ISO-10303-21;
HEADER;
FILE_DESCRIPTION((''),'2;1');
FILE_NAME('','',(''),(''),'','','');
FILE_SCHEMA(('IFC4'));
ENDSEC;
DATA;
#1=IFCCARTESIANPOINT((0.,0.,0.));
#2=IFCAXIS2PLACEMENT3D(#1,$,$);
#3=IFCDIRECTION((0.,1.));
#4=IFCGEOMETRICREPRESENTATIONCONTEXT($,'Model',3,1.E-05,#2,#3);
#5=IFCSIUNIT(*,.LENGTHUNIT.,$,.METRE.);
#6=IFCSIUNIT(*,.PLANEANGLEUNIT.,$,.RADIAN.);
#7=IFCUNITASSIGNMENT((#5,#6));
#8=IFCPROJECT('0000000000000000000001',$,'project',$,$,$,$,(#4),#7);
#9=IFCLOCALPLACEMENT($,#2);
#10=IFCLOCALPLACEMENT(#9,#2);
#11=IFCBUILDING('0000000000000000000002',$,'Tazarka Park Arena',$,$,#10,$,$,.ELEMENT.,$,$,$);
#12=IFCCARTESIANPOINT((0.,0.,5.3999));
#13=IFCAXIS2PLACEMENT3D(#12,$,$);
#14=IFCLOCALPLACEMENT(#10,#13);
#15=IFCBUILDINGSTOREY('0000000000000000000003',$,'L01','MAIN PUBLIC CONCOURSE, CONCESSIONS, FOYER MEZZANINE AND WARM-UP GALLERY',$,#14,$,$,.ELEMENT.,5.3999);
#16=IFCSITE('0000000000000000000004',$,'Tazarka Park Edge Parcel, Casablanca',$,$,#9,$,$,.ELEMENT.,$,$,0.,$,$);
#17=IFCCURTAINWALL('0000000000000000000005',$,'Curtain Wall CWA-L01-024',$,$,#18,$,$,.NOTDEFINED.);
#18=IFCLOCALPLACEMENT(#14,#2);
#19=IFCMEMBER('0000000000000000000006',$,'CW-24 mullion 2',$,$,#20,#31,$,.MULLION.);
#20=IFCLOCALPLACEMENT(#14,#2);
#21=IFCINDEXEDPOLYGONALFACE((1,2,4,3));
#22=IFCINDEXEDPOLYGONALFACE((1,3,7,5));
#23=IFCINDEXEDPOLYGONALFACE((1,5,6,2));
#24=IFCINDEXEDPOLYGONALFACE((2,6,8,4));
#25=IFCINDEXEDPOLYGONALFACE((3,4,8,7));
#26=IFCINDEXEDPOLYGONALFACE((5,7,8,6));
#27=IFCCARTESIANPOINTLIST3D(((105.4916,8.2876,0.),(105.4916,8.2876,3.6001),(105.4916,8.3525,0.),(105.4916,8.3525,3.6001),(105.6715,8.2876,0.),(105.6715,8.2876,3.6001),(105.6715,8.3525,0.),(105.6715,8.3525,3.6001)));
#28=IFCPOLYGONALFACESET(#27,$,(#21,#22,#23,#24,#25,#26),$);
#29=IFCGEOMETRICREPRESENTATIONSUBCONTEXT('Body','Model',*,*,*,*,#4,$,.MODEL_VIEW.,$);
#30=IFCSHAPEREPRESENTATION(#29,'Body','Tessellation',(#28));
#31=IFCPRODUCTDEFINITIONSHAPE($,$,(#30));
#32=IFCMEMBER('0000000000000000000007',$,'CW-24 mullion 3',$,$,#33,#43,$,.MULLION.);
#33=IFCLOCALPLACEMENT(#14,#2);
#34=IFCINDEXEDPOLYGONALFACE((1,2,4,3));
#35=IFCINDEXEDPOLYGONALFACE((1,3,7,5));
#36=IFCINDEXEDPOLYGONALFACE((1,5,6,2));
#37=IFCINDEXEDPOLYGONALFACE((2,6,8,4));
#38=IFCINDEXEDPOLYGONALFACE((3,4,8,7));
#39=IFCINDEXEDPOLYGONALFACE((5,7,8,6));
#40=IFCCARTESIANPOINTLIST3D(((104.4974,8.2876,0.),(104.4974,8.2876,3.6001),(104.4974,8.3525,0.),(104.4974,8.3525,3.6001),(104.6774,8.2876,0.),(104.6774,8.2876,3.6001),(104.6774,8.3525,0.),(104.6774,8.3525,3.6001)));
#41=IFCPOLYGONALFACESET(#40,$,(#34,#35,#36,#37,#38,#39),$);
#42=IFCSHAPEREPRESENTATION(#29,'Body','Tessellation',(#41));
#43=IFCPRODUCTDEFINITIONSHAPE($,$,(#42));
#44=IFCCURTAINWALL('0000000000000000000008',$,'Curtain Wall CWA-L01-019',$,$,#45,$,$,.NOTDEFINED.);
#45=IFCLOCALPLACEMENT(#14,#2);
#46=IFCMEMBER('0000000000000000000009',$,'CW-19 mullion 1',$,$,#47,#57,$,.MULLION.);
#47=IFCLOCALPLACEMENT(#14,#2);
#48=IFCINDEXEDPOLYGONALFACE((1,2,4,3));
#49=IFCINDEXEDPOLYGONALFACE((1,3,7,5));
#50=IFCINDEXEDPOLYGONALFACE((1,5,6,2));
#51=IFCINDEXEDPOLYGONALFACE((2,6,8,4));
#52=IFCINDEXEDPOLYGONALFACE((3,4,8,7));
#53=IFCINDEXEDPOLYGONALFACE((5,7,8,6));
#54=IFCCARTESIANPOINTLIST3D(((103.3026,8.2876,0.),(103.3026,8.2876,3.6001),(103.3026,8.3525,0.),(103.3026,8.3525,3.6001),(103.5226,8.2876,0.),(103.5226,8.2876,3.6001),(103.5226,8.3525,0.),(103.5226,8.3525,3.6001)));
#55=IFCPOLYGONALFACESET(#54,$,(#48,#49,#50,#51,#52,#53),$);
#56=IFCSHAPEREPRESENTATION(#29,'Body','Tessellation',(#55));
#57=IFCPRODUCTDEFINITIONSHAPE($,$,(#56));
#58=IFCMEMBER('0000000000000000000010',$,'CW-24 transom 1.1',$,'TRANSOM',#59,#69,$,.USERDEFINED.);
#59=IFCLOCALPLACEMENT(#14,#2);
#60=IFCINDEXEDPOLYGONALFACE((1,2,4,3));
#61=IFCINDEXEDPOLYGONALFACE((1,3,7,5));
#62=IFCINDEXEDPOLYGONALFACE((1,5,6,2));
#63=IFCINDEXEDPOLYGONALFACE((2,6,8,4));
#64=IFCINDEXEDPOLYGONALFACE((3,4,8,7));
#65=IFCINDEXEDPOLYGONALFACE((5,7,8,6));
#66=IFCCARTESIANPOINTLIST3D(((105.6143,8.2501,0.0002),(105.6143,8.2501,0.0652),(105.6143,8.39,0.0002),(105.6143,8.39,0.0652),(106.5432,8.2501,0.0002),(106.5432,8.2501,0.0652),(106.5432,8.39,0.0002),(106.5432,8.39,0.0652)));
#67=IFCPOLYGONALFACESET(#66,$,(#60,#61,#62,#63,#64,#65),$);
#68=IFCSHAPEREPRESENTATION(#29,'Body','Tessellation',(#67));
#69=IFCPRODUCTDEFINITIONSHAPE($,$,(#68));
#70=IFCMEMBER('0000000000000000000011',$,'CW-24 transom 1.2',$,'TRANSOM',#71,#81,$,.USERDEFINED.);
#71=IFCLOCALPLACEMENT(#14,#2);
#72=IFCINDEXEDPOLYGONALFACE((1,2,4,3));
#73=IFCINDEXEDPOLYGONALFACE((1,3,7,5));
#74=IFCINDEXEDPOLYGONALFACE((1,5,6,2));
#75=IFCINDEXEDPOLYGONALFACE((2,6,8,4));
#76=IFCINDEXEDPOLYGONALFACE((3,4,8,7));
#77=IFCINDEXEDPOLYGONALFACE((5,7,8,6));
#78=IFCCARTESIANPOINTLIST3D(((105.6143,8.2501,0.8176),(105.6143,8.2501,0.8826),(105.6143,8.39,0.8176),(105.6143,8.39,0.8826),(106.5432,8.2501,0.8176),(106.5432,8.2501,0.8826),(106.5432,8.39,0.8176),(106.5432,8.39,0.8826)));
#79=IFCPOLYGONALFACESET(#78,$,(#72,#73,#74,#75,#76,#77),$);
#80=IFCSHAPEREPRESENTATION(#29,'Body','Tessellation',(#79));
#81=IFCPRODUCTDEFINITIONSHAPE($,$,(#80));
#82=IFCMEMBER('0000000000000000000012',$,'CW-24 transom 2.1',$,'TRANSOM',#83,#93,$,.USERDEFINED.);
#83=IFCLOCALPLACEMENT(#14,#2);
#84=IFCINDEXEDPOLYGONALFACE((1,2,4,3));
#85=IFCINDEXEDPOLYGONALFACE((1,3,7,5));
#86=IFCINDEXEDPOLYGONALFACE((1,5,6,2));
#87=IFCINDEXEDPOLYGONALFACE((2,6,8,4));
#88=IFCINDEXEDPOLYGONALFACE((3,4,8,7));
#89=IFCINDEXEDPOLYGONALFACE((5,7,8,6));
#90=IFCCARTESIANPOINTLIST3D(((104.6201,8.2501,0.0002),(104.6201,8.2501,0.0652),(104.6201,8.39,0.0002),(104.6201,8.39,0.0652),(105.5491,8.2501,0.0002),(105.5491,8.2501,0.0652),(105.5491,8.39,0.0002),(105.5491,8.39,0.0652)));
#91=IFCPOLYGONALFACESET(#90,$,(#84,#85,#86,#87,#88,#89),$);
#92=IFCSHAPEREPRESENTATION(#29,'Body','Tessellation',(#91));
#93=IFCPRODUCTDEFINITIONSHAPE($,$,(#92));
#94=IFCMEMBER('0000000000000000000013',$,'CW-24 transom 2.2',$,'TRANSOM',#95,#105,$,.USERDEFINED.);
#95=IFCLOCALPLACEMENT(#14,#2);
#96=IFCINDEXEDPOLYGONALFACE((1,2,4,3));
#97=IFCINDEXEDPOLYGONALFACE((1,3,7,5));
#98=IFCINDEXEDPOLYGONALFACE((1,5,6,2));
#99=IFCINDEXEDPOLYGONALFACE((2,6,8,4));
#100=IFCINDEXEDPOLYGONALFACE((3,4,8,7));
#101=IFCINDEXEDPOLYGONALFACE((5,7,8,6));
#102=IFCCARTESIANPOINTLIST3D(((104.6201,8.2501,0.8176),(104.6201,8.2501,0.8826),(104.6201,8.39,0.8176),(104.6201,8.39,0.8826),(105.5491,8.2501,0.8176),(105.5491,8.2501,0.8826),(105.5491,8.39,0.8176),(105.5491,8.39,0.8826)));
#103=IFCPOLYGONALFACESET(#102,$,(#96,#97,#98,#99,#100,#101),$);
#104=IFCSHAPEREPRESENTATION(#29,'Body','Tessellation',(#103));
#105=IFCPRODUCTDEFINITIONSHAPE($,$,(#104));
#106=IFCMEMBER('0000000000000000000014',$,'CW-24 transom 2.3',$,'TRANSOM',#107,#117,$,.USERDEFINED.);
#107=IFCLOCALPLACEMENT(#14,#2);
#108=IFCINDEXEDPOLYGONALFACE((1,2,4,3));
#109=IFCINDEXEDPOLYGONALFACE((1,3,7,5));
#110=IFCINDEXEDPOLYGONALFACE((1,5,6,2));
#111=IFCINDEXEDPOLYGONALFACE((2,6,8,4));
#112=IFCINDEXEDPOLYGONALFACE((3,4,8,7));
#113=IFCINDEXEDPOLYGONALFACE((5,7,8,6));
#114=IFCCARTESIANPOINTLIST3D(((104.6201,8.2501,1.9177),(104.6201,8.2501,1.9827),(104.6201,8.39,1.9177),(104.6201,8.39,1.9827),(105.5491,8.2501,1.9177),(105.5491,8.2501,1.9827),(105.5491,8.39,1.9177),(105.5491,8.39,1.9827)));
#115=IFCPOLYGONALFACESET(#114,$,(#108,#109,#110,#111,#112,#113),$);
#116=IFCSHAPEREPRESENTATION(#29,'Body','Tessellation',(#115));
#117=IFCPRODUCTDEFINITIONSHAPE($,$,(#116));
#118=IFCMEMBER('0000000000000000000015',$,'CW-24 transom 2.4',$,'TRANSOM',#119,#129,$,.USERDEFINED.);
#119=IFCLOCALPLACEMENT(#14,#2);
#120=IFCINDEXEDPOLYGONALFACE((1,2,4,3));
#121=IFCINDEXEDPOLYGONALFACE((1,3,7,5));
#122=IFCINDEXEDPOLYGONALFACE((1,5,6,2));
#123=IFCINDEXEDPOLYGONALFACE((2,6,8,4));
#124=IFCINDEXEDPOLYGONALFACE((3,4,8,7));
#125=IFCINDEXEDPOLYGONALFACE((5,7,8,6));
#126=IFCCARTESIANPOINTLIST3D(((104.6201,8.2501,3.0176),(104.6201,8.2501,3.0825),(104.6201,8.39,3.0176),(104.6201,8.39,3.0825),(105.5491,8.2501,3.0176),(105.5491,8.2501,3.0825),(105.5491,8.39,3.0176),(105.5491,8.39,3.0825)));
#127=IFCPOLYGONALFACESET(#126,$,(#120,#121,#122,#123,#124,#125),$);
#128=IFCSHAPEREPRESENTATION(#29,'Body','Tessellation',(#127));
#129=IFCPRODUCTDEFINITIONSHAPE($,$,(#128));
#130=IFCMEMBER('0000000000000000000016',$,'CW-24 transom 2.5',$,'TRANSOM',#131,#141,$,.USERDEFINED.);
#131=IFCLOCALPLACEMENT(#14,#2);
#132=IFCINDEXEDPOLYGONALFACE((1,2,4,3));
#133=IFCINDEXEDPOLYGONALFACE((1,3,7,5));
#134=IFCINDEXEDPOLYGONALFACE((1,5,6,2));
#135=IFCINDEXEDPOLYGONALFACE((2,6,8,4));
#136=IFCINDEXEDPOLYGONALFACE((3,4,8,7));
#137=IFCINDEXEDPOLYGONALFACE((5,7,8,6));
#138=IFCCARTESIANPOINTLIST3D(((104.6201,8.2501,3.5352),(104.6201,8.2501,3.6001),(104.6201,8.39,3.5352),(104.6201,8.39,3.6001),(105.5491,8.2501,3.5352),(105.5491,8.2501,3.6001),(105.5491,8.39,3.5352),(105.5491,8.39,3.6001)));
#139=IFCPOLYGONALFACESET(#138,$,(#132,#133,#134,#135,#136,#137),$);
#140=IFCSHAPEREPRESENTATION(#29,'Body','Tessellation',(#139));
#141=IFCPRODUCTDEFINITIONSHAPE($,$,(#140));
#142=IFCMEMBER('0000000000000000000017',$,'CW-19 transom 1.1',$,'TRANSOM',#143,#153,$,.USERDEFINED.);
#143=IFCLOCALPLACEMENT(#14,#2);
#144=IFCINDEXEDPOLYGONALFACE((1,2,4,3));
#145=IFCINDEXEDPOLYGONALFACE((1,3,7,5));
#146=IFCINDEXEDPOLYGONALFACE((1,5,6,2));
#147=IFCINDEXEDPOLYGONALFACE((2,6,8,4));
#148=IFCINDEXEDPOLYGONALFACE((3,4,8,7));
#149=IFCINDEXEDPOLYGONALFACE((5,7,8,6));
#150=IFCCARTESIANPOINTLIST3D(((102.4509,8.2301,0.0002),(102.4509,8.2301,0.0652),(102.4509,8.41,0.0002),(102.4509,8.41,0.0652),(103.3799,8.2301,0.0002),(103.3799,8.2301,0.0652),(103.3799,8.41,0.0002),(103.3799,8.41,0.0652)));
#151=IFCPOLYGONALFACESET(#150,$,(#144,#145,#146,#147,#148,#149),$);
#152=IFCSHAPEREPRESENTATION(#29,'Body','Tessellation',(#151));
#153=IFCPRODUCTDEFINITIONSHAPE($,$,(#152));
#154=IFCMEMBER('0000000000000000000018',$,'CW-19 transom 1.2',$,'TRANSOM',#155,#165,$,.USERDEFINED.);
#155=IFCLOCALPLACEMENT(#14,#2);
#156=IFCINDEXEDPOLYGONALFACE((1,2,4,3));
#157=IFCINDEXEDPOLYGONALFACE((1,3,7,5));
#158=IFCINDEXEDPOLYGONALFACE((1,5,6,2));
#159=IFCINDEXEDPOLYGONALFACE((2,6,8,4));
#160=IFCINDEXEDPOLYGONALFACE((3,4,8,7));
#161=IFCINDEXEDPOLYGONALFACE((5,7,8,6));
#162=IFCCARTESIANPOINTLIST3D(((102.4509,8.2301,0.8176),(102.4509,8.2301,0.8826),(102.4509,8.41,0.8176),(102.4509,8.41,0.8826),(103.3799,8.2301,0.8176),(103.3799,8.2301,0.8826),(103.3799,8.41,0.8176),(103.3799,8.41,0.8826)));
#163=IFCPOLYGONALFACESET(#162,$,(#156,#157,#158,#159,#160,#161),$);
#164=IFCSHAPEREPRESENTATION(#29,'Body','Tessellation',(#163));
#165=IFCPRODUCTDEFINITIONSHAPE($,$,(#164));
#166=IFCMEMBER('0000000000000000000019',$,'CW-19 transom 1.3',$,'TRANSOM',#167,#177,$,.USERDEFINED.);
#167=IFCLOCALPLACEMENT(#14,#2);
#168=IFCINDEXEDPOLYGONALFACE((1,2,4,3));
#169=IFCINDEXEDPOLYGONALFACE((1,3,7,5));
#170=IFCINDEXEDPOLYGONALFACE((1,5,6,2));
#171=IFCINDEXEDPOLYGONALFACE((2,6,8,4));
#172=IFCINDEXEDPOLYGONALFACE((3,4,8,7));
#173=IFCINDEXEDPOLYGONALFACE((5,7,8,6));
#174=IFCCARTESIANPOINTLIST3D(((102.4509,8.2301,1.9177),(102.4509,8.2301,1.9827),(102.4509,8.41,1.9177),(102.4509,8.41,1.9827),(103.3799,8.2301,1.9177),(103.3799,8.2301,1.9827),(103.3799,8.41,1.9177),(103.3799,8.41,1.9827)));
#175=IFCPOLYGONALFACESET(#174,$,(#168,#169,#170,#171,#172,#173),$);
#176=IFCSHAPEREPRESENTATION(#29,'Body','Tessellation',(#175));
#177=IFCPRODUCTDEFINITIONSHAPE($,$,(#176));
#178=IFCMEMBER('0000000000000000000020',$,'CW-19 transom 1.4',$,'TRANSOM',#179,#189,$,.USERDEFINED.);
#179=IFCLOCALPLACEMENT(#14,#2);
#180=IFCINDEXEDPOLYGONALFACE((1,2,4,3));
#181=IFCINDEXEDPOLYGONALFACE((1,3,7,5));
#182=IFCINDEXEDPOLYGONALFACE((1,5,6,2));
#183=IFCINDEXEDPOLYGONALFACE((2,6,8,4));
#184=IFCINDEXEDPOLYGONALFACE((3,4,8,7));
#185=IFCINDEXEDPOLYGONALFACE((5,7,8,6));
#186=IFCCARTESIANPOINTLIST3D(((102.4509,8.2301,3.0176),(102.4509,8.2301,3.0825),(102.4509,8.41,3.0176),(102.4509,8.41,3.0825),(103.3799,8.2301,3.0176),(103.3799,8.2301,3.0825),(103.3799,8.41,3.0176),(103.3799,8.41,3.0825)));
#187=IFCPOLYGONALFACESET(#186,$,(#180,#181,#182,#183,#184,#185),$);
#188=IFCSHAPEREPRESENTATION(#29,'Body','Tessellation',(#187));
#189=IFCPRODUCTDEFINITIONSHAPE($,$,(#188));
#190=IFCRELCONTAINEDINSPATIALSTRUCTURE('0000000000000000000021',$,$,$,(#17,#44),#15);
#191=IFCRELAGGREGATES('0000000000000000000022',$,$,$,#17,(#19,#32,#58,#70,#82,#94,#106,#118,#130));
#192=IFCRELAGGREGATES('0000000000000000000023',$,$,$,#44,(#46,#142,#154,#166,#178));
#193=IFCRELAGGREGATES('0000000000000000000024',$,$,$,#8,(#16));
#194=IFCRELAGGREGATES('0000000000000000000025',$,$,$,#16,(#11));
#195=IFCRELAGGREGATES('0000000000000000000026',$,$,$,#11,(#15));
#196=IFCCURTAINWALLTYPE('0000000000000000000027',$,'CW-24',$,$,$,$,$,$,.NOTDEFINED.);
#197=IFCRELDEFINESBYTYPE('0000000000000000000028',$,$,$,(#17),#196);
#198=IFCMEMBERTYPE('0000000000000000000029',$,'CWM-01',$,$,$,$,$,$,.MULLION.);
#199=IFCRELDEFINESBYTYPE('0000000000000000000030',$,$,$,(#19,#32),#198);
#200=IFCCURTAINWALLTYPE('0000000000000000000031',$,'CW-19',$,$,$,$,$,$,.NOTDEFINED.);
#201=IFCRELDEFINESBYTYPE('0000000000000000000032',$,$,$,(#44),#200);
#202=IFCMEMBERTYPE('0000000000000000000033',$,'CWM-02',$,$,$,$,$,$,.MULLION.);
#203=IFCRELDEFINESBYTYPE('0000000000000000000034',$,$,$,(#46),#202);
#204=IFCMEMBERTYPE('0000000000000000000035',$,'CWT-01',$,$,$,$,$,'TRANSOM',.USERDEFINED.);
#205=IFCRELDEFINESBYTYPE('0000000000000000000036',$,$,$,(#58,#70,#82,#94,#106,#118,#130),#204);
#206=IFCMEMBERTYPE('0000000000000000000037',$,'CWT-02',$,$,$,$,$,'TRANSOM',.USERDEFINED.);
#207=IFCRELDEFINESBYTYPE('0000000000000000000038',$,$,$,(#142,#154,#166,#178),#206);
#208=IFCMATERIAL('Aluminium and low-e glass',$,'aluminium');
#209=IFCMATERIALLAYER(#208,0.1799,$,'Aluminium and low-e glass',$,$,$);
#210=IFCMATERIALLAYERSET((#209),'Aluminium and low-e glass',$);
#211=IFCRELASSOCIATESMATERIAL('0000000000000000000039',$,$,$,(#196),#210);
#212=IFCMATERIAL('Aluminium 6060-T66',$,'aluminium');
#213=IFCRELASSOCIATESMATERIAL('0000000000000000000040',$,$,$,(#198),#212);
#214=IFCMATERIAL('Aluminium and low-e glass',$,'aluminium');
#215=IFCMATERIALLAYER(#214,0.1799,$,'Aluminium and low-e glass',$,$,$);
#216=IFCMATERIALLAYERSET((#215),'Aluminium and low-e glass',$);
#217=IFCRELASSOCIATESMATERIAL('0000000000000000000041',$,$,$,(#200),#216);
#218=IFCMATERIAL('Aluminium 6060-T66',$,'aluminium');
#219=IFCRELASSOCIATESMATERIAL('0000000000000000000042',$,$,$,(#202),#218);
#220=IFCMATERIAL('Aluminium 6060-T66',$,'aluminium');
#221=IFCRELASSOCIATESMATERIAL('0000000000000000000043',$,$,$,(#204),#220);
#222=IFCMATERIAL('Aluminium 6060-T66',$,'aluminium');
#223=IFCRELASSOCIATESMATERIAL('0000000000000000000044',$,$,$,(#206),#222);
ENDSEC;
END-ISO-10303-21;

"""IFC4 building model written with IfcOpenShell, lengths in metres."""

from ifc_helpers import new_model, si_unit, direction, frame, origin, origin_2d, place, context, subcontext, project, spatial, rectangle, extrude, material, layer, layer_set, material_profile, profile_set, type_object, element, aggregate, save


model = new_model("IFC4")

# Units and contexts
model_context = context("Model", 3, precision=1e-05, world=origin(), true_north=direction((0.0, 1.0)))
body_context = subcontext(model_context, "Body", "Model", "MODEL_VIEW")
ifc_project = project(units=[si_unit("LENGTHUNIT", "METRE"), si_unit("PLANEANGLEUNIT", "RADIAN")], contexts=[model_context])

# Site, building, storey
site_placement = place(None, origin())
site = spatial("IfcSite", under=ifc_project, at=site_placement, Name="Tazarka Park Edge Parcel, Casablanca", CompositionType="ELEMENT", RefElevation=0.0)
building_placement = place(site_placement, origin())
building = spatial("IfcBuilding", under=site, at=building_placement, Name="Tazarka Park Arena", CompositionType="ELEMENT")
storey_placement = place(building_placement, frame((0.0, 0.0, 5.3999)))
storey = spatial("IfcBuildingStorey", under=building, at=storey_placement, Name="L01", Description="MAIN PUBLIC CONCOURSE, CONCESSIONS, FOYER MEZZANINE AND WARM-UP GALLERY", CompositionType="ELEMENT", Elevation=5.3999)

# Curtain wall, members
ifc_material_1 = material(Name="Aluminium and low-e glass", Category="aluminium")
ifc_layer_1 = layer(ifc_material_1, 0.1799, Name="Aluminium and low-e glass")
ifc_layer_set_1 = layer_set([ifc_layer_1], Name="Aluminium and low-e glass")
curtain_wall_type_1 = type_object("IfcCurtainWallType", Name="CW-24", PredefinedType="NOTDEFINED", material=ifc_layer_set_1)
curtain_wall_1_placement = place(storey_placement, origin())
curtain_wall_1 = element("IfcCurtainWall", 1, at=curtain_wall_1_placement, inside=storey, type_object=curtain_wall_type_1, Name="Curtain Wall CWA-L01-024", PredefinedType="NOTDEFINED")
ifc_material_2 = material(Name="Aluminium 6060-T66", Category="aluminium")
ifc_material_profile_1 = material_profile(ifc_material_2, rectangle(XDim=0.0649, YDim=0.1799, at=origin_2d()), Name="Aluminium 6060-T66")
ifc_profile_set_1 = profile_set([ifc_material_profile_1], Name="Aluminium 6060-T66")
member_type_1 = type_object("IfcMemberType", Name="CWM-01", PredefinedType="MULLION", material=ifc_profile_set_1)
member_1_placement = place(storey_placement, frame((105.5815, 8.3201, 0.0), z_axis=(0.0, 0.0, 1.0), x_axis=(0.0, -1.0, 0.0)))
member_1 = element("IfcMember", 2, at=member_1_placement, type_object=member_type_1, Name="CW-24 mullion 2", PredefinedType="MULLION", context=body_context, shape_type="SweptSolid", body=[
    extrude(rectangle(XDim=0.0649, YDim=0.1799, at=origin_2d()), origin(), (0.0, 0.0, 1.0), 3.6001),
])
member_2_placement = place(storey_placement, frame((104.5874, 8.3201, 0.0), z_axis=(0.0, 0.0, 1.0), x_axis=(0.0, -1.0, 0.0)))
member_2 = element("IfcMember", 3, at=member_2_placement, type_object=member_type_1, Name="CW-24 mullion 3", PredefinedType="MULLION", context=body_context, shape_type="SweptSolid", body=[
    extrude(rectangle(XDim=0.0649, YDim=0.1799, at=origin_2d()), origin(), (0.0, 0.0, 1.0), 3.6001),
])

# Curtain wall, member
ifc_material_3 = material(Name="Aluminium and low-e glass", Category="aluminium")
ifc_layer_2 = layer(ifc_material_3, 0.1799, Name="Aluminium and low-e glass")
ifc_layer_set_2 = layer_set([ifc_layer_2], Name="Aluminium and low-e glass")
curtain_wall_type_2 = type_object("IfcCurtainWallType", Name="CW-19", PredefinedType="NOTDEFINED", material=ifc_layer_set_2)
curtain_wall_2_placement = place(storey_placement, origin())
curtain_wall_2 = element("IfcCurtainWall", 4, at=curtain_wall_2_placement, inside=storey, type_object=curtain_wall_type_2, Name="Curtain Wall CWA-L01-019", PredefinedType="NOTDEFINED")
ifc_material_4 = material(Name="Aluminium 6060-T66", Category="aluminium")
ifc_material_profile_2 = material_profile(ifc_material_4, rectangle(XDim=0.0649, YDim=0.22, at=origin_2d()), Name="Aluminium 6060-T66")
ifc_profile_set_2 = profile_set([ifc_material_profile_2], Name="Aluminium 6060-T66")
member_type_2 = type_object("IfcMemberType", Name="CWM-02", PredefinedType="MULLION", material=ifc_profile_set_2)
member_3_placement = place(storey_placement, frame((103.4126, 8.3201, 0.0), z_axis=(0.0, 0.0, 1.0), x_axis=(0.0, -1.0, 0.0)))
member_3 = element("IfcMember", 5, at=member_3_placement, type_object=member_type_2, Name="CW-19 mullion 1", PredefinedType="MULLION", context=body_context, shape_type="SweptSolid", body=[
    extrude(rectangle(XDim=0.0649, YDim=0.22, at=origin_2d()), origin(), (0.0, 0.0, 1.0), 3.6001),
])

# Members
ifc_material_5 = material(Name="Aluminium 6060-T66", Category="aluminium")
ifc_material_profile_3 = material_profile(ifc_material_5, rectangle(XDim=0.1399, YDim=0.0649, at=origin_2d()), Name="Aluminium 6060-T66")
ifc_profile_set_3 = profile_set([ifc_material_profile_3], Name="Aluminium 6060-T66")
member_type_3 = type_object("IfcMemberType", Name="CWT-01", ElementType="TRANSOM", PredefinedType="USERDEFINED", material=ifc_profile_set_3)
member_4_placement = place(storey_placement, frame((106.5432, 8.3201, 0.0327), z_axis=(-1.0, 0.0, 0.0), x_axis=(0.0, -1.0, 0.0)))
member_4 = element("IfcMember", 6, at=member_4_placement, type_object=member_type_3, Name="CW-24 transom 1.1", ObjectType="TRANSOM", PredefinedType="USERDEFINED", context=body_context, shape_type="SweptSolid", body=[
    extrude(rectangle(XDim=0.1399, YDim=0.0649, at=origin_2d()), origin(), (0.0, 0.0, 1.0), 0.929),
])
member_5_placement = place(storey_placement, frame((106.5432, 8.3201, 0.8501), z_axis=(-1.0, 0.0, 0.0), x_axis=(0.0, -1.0, 0.0)))
member_5 = element("IfcMember", 7, at=member_5_placement, type_object=member_type_3, Name="CW-24 transom 1.2", ObjectType="TRANSOM", PredefinedType="USERDEFINED", context=body_context, shape_type="SweptSolid", body=[
    extrude(rectangle(XDim=0.1399, YDim=0.0649, at=origin_2d()), origin(), (0.0, 0.0, 1.0), 0.929),
])
member_6_placement = place(storey_placement, frame((105.5491, 8.3201, 0.0327), z_axis=(-1.0, 0.0, 0.0), x_axis=(0.0, -1.0, 0.0)))
member_6 = element("IfcMember", 8, at=member_6_placement, type_object=member_type_3, Name="CW-24 transom 2.1", ObjectType="TRANSOM", PredefinedType="USERDEFINED", context=body_context, shape_type="SweptSolid", body=[
    extrude(rectangle(XDim=0.1399, YDim=0.0649, at=origin_2d()), origin(), (0.0, 0.0, 1.0), 0.929),
])
member_7_placement = place(storey_placement, frame((105.5491, 8.3201, 0.8501), z_axis=(-1.0, 0.0, 0.0), x_axis=(0.0, -1.0, 0.0)))
member_7 = element("IfcMember", 9, at=member_7_placement, type_object=member_type_3, Name="CW-24 transom 2.2", ObjectType="TRANSOM", PredefinedType="USERDEFINED", context=body_context, shape_type="SweptSolid", body=[
    extrude(rectangle(XDim=0.1399, YDim=0.0649, at=origin_2d()), origin(), (0.0, 0.0, 1.0), 0.929),
])
member_8_placement = place(storey_placement, frame((105.5491, 8.3201, 1.9502), z_axis=(-1.0, 0.0, 0.0), x_axis=(0.0, -1.0, 0.0)))
member_8 = element("IfcMember", 10, at=member_8_placement, type_object=member_type_3, Name="CW-24 transom 2.3", ObjectType="TRANSOM", PredefinedType="USERDEFINED", context=body_context, shape_type="SweptSolid", body=[
    extrude(rectangle(XDim=0.1399, YDim=0.0649, at=origin_2d()), origin(), (0.0, 0.0, 1.0), 0.929),
])
member_9_placement = place(storey_placement, frame((105.5491, 8.3201, 3.05), z_axis=(-1.0, 0.0, 0.0), x_axis=(0.0, -1.0, 0.0)))
member_9 = element("IfcMember", 11, at=member_9_placement, type_object=member_type_3, Name="CW-24 transom 2.4", ObjectType="TRANSOM", PredefinedType="USERDEFINED", context=body_context, shape_type="SweptSolid", body=[
    extrude(rectangle(XDim=0.1399, YDim=0.0649, at=origin_2d()), origin(), (0.0, 0.0, 1.0), 0.929),
])
member_10_placement = place(storey_placement, frame((105.5491, 8.3201, 3.5676), z_axis=(-1.0, 0.0, 0.0), x_axis=(0.0, -1.0, 0.0)))
member_10 = element("IfcMember", 12, at=member_10_placement, type_object=member_type_3, Name="CW-24 transom 2.5", ObjectType="TRANSOM", PredefinedType="USERDEFINED", context=body_context, shape_type="SweptSolid", body=[
    extrude(rectangle(XDim=0.1399, YDim=0.0649, at=origin_2d()), origin(), (0.0, 0.0, 1.0), 0.929),
])
ifc_material_6 = material(Name="Aluminium 6060-T66", Category="aluminium")
ifc_material_profile_4 = material_profile(ifc_material_6, rectangle(XDim=0.1799, YDim=0.0649, at=origin_2d()), Name="Aluminium 6060-T66")
ifc_profile_set_4 = profile_set([ifc_material_profile_4], Name="Aluminium 6060-T66")
member_type_4 = type_object("IfcMemberType", Name="CWT-02", ElementType="TRANSOM", PredefinedType="USERDEFINED", material=ifc_profile_set_4)
member_11_placement = place(storey_placement, frame((103.3799, 8.3201, 0.0327), z_axis=(-1.0, 0.0, 0.0), x_axis=(0.0, -1.0, 0.0)))
member_11 = element("IfcMember", 13, at=member_11_placement, type_object=member_type_4, Name="CW-19 transom 1.1", ObjectType="TRANSOM", PredefinedType="USERDEFINED", context=body_context, shape_type="SweptSolid", body=[
    extrude(rectangle(XDim=0.1799, YDim=0.0649, at=origin_2d()), origin(), (0.0, 0.0, 1.0), 0.929),
])
member_12_placement = place(storey_placement, frame((103.3799, 8.3201, 0.8501), z_axis=(-1.0, 0.0, 0.0), x_axis=(0.0, -1.0, 0.0)))
member_12 = element("IfcMember", 14, at=member_12_placement, type_object=member_type_4, Name="CW-19 transom 1.2", ObjectType="TRANSOM", PredefinedType="USERDEFINED", context=body_context, shape_type="SweptSolid", body=[
    extrude(rectangle(XDim=0.1799, YDim=0.0649, at=origin_2d()), origin(), (0.0, 0.0, 1.0), 0.929),
])
member_13_placement = place(storey_placement, frame((103.3799, 8.3201, 1.9502), z_axis=(-1.0, 0.0, 0.0), x_axis=(0.0, -1.0, 0.0)))
member_13 = element("IfcMember", 15, at=member_13_placement, type_object=member_type_4, Name="CW-19 transom 1.3", ObjectType="TRANSOM", PredefinedType="USERDEFINED", context=body_context, shape_type="SweptSolid", body=[
    extrude(rectangle(XDim=0.1799, YDim=0.0649, at=origin_2d()), origin(), (0.0, 0.0, 1.0), 0.929),
])
member_14_placement = place(storey_placement, frame((103.3799, 8.3201, 3.05), z_axis=(-1.0, 0.0, 0.0), x_axis=(0.0, -1.0, 0.0)))
member_14 = element("IfcMember", 16, at=member_14_placement, type_object=member_type_4, Name="CW-19 transom 1.4", ObjectType="TRANSOM", PredefinedType="USERDEFINED", context=body_context, shape_type="SweptSolid", body=[
    extrude(rectangle(XDim=0.1799, YDim=0.0649, at=origin_2d()), origin(), (0.0, 0.0, 1.0), 0.929),
])

aggregate(curtain_wall_1, [member_1, member_2, member_4, member_5, member_6, member_7, member_8, member_9, member_10])
aggregate(curtain_wall_2, [member_3, member_11, member_12, member_13, member_14])

save(model, "model.ifc")
